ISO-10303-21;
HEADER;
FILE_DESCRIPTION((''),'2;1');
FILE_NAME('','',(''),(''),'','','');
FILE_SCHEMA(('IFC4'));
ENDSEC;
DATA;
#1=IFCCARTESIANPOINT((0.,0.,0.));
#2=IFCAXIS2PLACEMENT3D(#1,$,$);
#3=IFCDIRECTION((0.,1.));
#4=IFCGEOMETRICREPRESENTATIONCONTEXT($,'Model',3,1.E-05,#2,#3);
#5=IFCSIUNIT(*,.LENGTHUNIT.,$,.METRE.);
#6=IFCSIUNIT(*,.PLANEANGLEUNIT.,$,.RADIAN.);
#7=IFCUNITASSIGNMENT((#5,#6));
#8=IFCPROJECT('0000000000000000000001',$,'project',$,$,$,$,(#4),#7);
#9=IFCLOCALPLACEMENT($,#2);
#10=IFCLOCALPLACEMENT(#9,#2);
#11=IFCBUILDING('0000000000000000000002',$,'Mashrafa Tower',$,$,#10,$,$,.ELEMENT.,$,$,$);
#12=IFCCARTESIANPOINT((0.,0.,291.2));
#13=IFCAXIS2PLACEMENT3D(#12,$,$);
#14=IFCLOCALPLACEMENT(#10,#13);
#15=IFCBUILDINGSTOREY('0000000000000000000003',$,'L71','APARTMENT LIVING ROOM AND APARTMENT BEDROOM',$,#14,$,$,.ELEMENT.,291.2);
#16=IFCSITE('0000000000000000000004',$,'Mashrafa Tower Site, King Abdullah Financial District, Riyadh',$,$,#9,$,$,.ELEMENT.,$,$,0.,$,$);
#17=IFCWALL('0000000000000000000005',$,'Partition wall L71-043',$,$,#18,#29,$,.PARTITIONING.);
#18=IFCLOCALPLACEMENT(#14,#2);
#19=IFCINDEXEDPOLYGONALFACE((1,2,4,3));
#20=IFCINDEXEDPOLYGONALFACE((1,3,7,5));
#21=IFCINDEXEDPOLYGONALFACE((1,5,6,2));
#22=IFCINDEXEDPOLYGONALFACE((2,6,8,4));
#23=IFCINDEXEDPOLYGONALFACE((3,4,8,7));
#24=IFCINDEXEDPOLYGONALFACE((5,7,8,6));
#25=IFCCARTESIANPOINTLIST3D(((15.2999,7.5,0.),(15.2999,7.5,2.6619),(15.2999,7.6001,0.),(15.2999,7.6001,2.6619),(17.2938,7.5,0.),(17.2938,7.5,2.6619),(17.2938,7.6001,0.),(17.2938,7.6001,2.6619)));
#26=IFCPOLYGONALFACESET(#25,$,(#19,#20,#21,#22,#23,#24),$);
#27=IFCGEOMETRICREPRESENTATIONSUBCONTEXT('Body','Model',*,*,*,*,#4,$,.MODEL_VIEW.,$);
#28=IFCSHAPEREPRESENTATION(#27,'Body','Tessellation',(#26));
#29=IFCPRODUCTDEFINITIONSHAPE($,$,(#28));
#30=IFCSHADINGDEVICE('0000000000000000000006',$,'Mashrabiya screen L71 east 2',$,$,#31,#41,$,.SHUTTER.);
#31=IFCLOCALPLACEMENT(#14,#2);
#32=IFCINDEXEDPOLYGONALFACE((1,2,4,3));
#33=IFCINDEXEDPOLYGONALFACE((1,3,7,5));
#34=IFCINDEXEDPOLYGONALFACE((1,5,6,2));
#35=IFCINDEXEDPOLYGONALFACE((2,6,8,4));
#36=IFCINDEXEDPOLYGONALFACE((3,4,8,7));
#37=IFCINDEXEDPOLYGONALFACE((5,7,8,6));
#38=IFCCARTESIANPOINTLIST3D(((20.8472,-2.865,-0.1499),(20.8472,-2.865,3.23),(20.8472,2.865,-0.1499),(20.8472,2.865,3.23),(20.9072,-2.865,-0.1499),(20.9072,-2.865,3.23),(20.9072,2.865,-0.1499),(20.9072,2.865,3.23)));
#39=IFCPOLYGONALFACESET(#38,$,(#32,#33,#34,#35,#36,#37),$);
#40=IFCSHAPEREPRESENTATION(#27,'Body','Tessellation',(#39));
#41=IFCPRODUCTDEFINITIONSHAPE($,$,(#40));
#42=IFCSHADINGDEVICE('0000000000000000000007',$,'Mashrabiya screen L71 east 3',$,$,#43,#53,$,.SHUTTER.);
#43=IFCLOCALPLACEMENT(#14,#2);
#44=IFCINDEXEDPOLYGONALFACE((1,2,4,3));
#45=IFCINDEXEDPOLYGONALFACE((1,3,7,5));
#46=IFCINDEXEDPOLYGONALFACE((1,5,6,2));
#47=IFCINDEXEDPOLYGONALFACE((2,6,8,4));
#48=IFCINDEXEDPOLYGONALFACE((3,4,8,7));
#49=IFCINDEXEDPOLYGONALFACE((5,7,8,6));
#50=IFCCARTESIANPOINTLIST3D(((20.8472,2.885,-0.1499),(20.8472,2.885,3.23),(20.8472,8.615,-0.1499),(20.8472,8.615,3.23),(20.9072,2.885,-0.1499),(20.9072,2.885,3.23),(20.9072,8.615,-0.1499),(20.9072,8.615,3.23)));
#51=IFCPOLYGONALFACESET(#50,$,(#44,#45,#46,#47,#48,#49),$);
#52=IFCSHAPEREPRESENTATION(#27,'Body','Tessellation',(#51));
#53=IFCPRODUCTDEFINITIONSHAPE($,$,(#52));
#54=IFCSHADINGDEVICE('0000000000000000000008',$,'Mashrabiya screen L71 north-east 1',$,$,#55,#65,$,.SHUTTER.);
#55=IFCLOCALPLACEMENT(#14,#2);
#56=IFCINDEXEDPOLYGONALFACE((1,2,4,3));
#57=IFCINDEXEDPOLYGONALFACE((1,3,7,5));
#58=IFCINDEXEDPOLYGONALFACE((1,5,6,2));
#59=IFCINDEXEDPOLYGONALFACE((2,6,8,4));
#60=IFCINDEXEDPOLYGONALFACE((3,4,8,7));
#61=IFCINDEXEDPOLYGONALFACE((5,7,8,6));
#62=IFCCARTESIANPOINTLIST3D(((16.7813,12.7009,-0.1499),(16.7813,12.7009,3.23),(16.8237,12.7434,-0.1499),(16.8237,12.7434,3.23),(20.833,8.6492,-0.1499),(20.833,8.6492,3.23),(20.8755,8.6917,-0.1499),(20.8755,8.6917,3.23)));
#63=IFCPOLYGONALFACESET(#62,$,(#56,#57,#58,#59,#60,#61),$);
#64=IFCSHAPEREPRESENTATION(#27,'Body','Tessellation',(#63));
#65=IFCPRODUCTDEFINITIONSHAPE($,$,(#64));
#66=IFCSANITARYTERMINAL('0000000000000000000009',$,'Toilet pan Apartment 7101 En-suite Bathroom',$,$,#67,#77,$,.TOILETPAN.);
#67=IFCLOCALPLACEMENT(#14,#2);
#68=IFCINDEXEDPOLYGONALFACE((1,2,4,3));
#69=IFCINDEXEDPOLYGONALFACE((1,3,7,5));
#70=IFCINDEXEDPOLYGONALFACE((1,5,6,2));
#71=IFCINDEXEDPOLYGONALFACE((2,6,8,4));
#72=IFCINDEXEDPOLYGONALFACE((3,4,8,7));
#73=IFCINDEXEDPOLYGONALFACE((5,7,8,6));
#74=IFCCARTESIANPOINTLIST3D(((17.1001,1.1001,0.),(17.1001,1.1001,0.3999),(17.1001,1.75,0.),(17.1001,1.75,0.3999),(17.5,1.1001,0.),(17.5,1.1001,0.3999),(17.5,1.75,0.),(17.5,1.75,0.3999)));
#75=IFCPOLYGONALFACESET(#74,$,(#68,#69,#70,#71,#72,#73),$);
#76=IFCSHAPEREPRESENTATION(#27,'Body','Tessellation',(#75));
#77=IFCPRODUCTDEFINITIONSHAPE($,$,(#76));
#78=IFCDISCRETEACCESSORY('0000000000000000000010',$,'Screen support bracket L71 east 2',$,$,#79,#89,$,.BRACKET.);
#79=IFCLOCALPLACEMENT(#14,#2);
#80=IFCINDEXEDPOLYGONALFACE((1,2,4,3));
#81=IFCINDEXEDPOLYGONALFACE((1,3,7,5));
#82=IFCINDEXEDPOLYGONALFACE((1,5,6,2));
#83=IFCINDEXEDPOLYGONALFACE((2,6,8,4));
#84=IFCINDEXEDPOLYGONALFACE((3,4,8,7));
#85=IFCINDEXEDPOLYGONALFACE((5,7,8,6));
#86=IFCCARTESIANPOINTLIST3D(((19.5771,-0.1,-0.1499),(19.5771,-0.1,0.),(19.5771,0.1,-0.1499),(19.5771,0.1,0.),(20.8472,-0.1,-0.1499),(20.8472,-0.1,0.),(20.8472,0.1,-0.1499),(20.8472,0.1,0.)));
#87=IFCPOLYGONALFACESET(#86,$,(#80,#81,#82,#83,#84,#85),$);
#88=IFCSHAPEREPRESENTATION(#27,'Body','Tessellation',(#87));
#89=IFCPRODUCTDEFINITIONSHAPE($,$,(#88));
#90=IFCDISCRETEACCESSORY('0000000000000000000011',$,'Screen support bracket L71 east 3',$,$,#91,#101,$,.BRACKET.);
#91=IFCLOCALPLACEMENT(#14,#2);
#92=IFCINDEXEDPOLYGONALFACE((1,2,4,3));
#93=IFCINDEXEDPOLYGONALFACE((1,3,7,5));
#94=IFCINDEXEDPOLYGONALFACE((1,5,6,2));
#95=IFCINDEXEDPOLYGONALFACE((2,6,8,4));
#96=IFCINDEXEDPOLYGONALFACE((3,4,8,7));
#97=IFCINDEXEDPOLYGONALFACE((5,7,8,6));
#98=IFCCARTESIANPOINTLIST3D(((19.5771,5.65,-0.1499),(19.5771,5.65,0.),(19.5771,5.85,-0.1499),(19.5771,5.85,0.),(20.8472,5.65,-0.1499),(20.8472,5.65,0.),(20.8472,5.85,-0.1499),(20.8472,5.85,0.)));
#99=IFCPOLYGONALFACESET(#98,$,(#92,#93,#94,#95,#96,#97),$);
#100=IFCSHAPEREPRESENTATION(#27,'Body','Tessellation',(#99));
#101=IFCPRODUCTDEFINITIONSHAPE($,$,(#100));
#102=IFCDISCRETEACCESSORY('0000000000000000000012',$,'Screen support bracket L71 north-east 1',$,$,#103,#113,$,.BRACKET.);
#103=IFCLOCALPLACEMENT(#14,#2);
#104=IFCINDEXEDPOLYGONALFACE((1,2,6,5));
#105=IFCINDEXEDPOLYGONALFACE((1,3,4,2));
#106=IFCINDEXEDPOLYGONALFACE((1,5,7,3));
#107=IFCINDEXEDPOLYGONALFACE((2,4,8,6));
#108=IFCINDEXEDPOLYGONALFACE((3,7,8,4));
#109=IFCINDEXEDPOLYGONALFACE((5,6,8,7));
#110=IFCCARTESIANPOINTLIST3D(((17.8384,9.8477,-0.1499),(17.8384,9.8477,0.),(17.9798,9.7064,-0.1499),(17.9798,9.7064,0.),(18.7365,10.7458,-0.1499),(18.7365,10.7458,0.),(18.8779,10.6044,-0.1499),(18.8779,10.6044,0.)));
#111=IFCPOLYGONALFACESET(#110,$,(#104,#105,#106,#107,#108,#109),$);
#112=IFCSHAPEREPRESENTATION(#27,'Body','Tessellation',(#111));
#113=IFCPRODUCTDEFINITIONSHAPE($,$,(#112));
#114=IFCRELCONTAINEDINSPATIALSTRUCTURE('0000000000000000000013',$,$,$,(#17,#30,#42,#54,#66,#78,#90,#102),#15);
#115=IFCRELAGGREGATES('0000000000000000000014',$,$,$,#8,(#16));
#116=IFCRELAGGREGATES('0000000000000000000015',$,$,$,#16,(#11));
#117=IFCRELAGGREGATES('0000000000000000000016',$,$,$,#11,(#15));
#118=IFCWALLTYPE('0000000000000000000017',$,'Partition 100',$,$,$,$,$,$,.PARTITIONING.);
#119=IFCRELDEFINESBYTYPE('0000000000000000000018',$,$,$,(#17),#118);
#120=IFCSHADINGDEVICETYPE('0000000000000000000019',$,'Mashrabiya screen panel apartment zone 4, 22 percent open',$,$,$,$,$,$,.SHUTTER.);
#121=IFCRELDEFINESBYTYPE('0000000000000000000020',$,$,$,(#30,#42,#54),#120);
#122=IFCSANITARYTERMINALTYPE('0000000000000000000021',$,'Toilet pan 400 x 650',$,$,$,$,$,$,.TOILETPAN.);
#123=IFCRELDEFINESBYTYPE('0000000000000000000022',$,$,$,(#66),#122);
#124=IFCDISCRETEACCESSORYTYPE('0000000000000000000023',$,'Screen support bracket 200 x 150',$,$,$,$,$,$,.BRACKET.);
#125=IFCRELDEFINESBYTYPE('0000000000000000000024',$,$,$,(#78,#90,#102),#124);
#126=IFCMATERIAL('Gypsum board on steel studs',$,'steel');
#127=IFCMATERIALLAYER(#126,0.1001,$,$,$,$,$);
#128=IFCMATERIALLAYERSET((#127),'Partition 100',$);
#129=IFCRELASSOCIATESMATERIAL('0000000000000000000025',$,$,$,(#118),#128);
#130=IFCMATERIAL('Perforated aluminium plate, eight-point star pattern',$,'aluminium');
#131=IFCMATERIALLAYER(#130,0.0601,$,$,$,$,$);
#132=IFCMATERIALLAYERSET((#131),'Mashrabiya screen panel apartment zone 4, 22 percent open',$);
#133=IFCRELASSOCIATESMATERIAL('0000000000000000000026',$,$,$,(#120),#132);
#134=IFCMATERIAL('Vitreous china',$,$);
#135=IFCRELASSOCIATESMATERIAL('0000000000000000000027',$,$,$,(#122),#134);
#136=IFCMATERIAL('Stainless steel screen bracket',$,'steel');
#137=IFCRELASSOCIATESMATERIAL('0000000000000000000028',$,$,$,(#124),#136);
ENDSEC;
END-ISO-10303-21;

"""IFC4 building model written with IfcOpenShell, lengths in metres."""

from ifc_helpers import new_model, si_unit, direction, frame, frame_2d, origin, origin_2d, place, context, subcontext, project, spatial, rectangle, extrude, source, transform, mapped, material, layer, layer_set, type_object, type_shapes, element, save


model = new_model("IFC4")

# Units and contexts
model_context = context("Model", 3, precision=1e-05, world=origin(), true_north=direction((0.0, 1.0)))
body_context = subcontext(model_context, "Body", "Model", "MODEL_VIEW")
ifc_project = project(units=[si_unit("LENGTHUNIT", "METRE"), si_unit("PLANEANGLEUNIT", "RADIAN")], contexts=[model_context])

# Site, building, storey
site_placement = place(None, origin())
site = spatial("IfcSite", under=ifc_project, at=site_placement, Name="Mashrafa Tower Site, King Abdullah Financial District, Riyadh", CompositionType="ELEMENT", RefElevation=0.0)
building_placement = place(site_placement, origin())
building = spatial("IfcBuilding", under=site, at=building_placement, Name="Mashrafa Tower", CompositionType="ELEMENT")
storey_placement = place(building_placement, frame((0.0, 0.0, 291.2)))
storey = spatial("IfcBuildingStorey", under=building, at=storey_placement, Name="L71", Description="APARTMENT LIVING ROOM AND APARTMENT BEDROOM", CompositionType="ELEMENT", Elevation=291.2)

# Shared definitions
ifc_material_1 = material(Name="Gypsum board on steel studs", Category="steel")
ifc_layer_1 = layer(ifc_material_1, 0.1001)
ifc_layer_set_1 = layer_set([ifc_layer_1], Name="Partition 100")
wall_type = type_object("IfcWallType", Name="Partition 100", PredefinedType="PARTITIONING", material=ifc_layer_set_1)

# Wall
wall_1_placement = place(storey_placement, frame((17.2939, 7.55, 0.0), z_axis=(0.0, 0.0, 1.0), x_axis=(-1.0, 0.0, 0.0)))
element("IfcWall", 1, at=wall_1_placement, inside=storey, type_object=wall_type, Name="Partition wall L71-043", PredefinedType="PARTITIONING", context=body_context, shape_type="SweptSolid", body=[
    extrude(rectangle(XDim=1.9939, YDim=0.1001, at=frame_2d((0.9971, 0.0))), origin(), (0.0, 0.0, 1.0), 2.6619),
])

# Shading devices
ifc_material_2 = material(Name="Perforated aluminium plate, eight-point star pattern", Category="aluminium")
ifc_layer_2 = layer(ifc_material_2, 0.0601)
ifc_layer_set_2 = layer_set([ifc_layer_2], Name="Mashrabiya screen panel apartment zone 4, 22 percent open")
shading_device_type = type_object("IfcShadingDeviceType", Name="Mashrabiya screen panel apartment zone 4, 22 percent open", PredefinedType="SHUTTER", material=ifc_layer_set_2)
shared_shape_1 = source(origin(), body_context, "Body", "SweptSolid", [
    extrude(rectangle(XDim=5.73, YDim=0.0601, at=origin_2d()), origin(), (0.0, 0.0, 1.0), 3.3799),
])
type_shapes(shading_device_type, [shared_shape_1])
for number, where, z_axis, x_axis, name in (
    (2, (20.8772, 0.0, -0.1499), (0.0, 0.0, 1.0), (0.0, 1.0, 0.0), "Mashrabiya screen L71 east 2"),
    (3, (20.8772, 5.75, -0.1499), (0.0, 0.0, 1.0), (0.0, 1.0, 0.0), "Mashrabiya screen L71 east 3"),
    (4, (18.8284, 10.6963, -0.1499), (0.0, 0.0, 1.0), (-0.707107, 0.707107, 0.0), "Mashrabiya screen L71 north-east 1"),
):
    element("IfcShadingDevice", number, at=place(storey_placement, frame(where, z_axis=z_axis, x_axis=x_axis)), inside=storey, type_object=shading_device_type, Name=name, PredefinedType="SHUTTER", context=body_context, shape_type="MappedRepresentation", body=[
        mapped(shared_shape_1, transform((0.0, 0.0, 0.0))),
    ])

# Sanitary terminal
ifc_material_3 = material(Name="Vitreous china")
sanitary_terminal_type = type_object("IfcSanitaryTerminalType", Name="Toilet pan 400 x 650", PredefinedType="TOILETPAN", material=ifc_material_3)
sanitary_terminal_placement = place(storey_placement, frame((17.3, 1.425, 0.0), z_axis=(0.0, 0.0, 1.0), x_axis=(-1.0, 0.0, 0.0)))
element("IfcSanitaryTerminal", 5, at=sanitary_terminal_placement, inside=storey, type_object=sanitary_terminal_type, Name="Toilet pan Apartment 7101 En-suite Bathroom", PredefinedType="TOILETPAN", context=body_context, shape_type="SweptSolid", body=[
    extrude(rectangle(XDim=0.3999, YDim=0.6499, at=origin_2d()), origin(), (0.0, 0.0, 1.0), 0.3999),
])

# Discrete accessories
ifc_material_4 = material(Name="Stainless steel screen bracket", Category="steel")
discrete_accessory_type = type_object("IfcDiscreteAccessoryType", Name="Screen support bracket 200 x 150", PredefinedType="BRACKET", material=ifc_material_4)
shared_shape_2 = source(origin(), body_context, "Body", "SweptSolid", [
    extrude(rectangle(XDim=0.2, YDim=1.27, at=origin_2d()), origin(), (0.0, 0.0, 1.0), 0.1499),
])
type_shapes(discrete_accessory_type, [shared_shape_2])
for number, where, z_axis, x_axis, name in (
    (6, (20.2122, 0.0, -0.1499), (0.0, 0.0, 1.0), (0.0, 1.0, 0.0), "Screen support bracket L71 east 2"),
    (7, (20.2122, 5.75, -0.1499), (0.0, 0.0, 1.0), (0.0, 1.0, 0.0), "Screen support bracket L71 east 3"),
    (8, (18.3582, 10.2261, -0.1499), (0.0, 0.0, 1.0), (-0.707107, 0.707107, 0.0), "Screen support bracket L71 north-east 1"),
):
    element("IfcDiscreteAccessory", number, at=place(storey_placement, frame(where, z_axis=z_axis, x_axis=x_axis)), inside=storey, type_object=discrete_accessory_type, Name=name, PredefinedType="BRACKET", context=body_context, shape_type="MappedRepresentation", body=[
        mapped(shared_shape_2, transform((0.0, 0.0, 0.0))),
    ])

save(model, "model.ifc")
